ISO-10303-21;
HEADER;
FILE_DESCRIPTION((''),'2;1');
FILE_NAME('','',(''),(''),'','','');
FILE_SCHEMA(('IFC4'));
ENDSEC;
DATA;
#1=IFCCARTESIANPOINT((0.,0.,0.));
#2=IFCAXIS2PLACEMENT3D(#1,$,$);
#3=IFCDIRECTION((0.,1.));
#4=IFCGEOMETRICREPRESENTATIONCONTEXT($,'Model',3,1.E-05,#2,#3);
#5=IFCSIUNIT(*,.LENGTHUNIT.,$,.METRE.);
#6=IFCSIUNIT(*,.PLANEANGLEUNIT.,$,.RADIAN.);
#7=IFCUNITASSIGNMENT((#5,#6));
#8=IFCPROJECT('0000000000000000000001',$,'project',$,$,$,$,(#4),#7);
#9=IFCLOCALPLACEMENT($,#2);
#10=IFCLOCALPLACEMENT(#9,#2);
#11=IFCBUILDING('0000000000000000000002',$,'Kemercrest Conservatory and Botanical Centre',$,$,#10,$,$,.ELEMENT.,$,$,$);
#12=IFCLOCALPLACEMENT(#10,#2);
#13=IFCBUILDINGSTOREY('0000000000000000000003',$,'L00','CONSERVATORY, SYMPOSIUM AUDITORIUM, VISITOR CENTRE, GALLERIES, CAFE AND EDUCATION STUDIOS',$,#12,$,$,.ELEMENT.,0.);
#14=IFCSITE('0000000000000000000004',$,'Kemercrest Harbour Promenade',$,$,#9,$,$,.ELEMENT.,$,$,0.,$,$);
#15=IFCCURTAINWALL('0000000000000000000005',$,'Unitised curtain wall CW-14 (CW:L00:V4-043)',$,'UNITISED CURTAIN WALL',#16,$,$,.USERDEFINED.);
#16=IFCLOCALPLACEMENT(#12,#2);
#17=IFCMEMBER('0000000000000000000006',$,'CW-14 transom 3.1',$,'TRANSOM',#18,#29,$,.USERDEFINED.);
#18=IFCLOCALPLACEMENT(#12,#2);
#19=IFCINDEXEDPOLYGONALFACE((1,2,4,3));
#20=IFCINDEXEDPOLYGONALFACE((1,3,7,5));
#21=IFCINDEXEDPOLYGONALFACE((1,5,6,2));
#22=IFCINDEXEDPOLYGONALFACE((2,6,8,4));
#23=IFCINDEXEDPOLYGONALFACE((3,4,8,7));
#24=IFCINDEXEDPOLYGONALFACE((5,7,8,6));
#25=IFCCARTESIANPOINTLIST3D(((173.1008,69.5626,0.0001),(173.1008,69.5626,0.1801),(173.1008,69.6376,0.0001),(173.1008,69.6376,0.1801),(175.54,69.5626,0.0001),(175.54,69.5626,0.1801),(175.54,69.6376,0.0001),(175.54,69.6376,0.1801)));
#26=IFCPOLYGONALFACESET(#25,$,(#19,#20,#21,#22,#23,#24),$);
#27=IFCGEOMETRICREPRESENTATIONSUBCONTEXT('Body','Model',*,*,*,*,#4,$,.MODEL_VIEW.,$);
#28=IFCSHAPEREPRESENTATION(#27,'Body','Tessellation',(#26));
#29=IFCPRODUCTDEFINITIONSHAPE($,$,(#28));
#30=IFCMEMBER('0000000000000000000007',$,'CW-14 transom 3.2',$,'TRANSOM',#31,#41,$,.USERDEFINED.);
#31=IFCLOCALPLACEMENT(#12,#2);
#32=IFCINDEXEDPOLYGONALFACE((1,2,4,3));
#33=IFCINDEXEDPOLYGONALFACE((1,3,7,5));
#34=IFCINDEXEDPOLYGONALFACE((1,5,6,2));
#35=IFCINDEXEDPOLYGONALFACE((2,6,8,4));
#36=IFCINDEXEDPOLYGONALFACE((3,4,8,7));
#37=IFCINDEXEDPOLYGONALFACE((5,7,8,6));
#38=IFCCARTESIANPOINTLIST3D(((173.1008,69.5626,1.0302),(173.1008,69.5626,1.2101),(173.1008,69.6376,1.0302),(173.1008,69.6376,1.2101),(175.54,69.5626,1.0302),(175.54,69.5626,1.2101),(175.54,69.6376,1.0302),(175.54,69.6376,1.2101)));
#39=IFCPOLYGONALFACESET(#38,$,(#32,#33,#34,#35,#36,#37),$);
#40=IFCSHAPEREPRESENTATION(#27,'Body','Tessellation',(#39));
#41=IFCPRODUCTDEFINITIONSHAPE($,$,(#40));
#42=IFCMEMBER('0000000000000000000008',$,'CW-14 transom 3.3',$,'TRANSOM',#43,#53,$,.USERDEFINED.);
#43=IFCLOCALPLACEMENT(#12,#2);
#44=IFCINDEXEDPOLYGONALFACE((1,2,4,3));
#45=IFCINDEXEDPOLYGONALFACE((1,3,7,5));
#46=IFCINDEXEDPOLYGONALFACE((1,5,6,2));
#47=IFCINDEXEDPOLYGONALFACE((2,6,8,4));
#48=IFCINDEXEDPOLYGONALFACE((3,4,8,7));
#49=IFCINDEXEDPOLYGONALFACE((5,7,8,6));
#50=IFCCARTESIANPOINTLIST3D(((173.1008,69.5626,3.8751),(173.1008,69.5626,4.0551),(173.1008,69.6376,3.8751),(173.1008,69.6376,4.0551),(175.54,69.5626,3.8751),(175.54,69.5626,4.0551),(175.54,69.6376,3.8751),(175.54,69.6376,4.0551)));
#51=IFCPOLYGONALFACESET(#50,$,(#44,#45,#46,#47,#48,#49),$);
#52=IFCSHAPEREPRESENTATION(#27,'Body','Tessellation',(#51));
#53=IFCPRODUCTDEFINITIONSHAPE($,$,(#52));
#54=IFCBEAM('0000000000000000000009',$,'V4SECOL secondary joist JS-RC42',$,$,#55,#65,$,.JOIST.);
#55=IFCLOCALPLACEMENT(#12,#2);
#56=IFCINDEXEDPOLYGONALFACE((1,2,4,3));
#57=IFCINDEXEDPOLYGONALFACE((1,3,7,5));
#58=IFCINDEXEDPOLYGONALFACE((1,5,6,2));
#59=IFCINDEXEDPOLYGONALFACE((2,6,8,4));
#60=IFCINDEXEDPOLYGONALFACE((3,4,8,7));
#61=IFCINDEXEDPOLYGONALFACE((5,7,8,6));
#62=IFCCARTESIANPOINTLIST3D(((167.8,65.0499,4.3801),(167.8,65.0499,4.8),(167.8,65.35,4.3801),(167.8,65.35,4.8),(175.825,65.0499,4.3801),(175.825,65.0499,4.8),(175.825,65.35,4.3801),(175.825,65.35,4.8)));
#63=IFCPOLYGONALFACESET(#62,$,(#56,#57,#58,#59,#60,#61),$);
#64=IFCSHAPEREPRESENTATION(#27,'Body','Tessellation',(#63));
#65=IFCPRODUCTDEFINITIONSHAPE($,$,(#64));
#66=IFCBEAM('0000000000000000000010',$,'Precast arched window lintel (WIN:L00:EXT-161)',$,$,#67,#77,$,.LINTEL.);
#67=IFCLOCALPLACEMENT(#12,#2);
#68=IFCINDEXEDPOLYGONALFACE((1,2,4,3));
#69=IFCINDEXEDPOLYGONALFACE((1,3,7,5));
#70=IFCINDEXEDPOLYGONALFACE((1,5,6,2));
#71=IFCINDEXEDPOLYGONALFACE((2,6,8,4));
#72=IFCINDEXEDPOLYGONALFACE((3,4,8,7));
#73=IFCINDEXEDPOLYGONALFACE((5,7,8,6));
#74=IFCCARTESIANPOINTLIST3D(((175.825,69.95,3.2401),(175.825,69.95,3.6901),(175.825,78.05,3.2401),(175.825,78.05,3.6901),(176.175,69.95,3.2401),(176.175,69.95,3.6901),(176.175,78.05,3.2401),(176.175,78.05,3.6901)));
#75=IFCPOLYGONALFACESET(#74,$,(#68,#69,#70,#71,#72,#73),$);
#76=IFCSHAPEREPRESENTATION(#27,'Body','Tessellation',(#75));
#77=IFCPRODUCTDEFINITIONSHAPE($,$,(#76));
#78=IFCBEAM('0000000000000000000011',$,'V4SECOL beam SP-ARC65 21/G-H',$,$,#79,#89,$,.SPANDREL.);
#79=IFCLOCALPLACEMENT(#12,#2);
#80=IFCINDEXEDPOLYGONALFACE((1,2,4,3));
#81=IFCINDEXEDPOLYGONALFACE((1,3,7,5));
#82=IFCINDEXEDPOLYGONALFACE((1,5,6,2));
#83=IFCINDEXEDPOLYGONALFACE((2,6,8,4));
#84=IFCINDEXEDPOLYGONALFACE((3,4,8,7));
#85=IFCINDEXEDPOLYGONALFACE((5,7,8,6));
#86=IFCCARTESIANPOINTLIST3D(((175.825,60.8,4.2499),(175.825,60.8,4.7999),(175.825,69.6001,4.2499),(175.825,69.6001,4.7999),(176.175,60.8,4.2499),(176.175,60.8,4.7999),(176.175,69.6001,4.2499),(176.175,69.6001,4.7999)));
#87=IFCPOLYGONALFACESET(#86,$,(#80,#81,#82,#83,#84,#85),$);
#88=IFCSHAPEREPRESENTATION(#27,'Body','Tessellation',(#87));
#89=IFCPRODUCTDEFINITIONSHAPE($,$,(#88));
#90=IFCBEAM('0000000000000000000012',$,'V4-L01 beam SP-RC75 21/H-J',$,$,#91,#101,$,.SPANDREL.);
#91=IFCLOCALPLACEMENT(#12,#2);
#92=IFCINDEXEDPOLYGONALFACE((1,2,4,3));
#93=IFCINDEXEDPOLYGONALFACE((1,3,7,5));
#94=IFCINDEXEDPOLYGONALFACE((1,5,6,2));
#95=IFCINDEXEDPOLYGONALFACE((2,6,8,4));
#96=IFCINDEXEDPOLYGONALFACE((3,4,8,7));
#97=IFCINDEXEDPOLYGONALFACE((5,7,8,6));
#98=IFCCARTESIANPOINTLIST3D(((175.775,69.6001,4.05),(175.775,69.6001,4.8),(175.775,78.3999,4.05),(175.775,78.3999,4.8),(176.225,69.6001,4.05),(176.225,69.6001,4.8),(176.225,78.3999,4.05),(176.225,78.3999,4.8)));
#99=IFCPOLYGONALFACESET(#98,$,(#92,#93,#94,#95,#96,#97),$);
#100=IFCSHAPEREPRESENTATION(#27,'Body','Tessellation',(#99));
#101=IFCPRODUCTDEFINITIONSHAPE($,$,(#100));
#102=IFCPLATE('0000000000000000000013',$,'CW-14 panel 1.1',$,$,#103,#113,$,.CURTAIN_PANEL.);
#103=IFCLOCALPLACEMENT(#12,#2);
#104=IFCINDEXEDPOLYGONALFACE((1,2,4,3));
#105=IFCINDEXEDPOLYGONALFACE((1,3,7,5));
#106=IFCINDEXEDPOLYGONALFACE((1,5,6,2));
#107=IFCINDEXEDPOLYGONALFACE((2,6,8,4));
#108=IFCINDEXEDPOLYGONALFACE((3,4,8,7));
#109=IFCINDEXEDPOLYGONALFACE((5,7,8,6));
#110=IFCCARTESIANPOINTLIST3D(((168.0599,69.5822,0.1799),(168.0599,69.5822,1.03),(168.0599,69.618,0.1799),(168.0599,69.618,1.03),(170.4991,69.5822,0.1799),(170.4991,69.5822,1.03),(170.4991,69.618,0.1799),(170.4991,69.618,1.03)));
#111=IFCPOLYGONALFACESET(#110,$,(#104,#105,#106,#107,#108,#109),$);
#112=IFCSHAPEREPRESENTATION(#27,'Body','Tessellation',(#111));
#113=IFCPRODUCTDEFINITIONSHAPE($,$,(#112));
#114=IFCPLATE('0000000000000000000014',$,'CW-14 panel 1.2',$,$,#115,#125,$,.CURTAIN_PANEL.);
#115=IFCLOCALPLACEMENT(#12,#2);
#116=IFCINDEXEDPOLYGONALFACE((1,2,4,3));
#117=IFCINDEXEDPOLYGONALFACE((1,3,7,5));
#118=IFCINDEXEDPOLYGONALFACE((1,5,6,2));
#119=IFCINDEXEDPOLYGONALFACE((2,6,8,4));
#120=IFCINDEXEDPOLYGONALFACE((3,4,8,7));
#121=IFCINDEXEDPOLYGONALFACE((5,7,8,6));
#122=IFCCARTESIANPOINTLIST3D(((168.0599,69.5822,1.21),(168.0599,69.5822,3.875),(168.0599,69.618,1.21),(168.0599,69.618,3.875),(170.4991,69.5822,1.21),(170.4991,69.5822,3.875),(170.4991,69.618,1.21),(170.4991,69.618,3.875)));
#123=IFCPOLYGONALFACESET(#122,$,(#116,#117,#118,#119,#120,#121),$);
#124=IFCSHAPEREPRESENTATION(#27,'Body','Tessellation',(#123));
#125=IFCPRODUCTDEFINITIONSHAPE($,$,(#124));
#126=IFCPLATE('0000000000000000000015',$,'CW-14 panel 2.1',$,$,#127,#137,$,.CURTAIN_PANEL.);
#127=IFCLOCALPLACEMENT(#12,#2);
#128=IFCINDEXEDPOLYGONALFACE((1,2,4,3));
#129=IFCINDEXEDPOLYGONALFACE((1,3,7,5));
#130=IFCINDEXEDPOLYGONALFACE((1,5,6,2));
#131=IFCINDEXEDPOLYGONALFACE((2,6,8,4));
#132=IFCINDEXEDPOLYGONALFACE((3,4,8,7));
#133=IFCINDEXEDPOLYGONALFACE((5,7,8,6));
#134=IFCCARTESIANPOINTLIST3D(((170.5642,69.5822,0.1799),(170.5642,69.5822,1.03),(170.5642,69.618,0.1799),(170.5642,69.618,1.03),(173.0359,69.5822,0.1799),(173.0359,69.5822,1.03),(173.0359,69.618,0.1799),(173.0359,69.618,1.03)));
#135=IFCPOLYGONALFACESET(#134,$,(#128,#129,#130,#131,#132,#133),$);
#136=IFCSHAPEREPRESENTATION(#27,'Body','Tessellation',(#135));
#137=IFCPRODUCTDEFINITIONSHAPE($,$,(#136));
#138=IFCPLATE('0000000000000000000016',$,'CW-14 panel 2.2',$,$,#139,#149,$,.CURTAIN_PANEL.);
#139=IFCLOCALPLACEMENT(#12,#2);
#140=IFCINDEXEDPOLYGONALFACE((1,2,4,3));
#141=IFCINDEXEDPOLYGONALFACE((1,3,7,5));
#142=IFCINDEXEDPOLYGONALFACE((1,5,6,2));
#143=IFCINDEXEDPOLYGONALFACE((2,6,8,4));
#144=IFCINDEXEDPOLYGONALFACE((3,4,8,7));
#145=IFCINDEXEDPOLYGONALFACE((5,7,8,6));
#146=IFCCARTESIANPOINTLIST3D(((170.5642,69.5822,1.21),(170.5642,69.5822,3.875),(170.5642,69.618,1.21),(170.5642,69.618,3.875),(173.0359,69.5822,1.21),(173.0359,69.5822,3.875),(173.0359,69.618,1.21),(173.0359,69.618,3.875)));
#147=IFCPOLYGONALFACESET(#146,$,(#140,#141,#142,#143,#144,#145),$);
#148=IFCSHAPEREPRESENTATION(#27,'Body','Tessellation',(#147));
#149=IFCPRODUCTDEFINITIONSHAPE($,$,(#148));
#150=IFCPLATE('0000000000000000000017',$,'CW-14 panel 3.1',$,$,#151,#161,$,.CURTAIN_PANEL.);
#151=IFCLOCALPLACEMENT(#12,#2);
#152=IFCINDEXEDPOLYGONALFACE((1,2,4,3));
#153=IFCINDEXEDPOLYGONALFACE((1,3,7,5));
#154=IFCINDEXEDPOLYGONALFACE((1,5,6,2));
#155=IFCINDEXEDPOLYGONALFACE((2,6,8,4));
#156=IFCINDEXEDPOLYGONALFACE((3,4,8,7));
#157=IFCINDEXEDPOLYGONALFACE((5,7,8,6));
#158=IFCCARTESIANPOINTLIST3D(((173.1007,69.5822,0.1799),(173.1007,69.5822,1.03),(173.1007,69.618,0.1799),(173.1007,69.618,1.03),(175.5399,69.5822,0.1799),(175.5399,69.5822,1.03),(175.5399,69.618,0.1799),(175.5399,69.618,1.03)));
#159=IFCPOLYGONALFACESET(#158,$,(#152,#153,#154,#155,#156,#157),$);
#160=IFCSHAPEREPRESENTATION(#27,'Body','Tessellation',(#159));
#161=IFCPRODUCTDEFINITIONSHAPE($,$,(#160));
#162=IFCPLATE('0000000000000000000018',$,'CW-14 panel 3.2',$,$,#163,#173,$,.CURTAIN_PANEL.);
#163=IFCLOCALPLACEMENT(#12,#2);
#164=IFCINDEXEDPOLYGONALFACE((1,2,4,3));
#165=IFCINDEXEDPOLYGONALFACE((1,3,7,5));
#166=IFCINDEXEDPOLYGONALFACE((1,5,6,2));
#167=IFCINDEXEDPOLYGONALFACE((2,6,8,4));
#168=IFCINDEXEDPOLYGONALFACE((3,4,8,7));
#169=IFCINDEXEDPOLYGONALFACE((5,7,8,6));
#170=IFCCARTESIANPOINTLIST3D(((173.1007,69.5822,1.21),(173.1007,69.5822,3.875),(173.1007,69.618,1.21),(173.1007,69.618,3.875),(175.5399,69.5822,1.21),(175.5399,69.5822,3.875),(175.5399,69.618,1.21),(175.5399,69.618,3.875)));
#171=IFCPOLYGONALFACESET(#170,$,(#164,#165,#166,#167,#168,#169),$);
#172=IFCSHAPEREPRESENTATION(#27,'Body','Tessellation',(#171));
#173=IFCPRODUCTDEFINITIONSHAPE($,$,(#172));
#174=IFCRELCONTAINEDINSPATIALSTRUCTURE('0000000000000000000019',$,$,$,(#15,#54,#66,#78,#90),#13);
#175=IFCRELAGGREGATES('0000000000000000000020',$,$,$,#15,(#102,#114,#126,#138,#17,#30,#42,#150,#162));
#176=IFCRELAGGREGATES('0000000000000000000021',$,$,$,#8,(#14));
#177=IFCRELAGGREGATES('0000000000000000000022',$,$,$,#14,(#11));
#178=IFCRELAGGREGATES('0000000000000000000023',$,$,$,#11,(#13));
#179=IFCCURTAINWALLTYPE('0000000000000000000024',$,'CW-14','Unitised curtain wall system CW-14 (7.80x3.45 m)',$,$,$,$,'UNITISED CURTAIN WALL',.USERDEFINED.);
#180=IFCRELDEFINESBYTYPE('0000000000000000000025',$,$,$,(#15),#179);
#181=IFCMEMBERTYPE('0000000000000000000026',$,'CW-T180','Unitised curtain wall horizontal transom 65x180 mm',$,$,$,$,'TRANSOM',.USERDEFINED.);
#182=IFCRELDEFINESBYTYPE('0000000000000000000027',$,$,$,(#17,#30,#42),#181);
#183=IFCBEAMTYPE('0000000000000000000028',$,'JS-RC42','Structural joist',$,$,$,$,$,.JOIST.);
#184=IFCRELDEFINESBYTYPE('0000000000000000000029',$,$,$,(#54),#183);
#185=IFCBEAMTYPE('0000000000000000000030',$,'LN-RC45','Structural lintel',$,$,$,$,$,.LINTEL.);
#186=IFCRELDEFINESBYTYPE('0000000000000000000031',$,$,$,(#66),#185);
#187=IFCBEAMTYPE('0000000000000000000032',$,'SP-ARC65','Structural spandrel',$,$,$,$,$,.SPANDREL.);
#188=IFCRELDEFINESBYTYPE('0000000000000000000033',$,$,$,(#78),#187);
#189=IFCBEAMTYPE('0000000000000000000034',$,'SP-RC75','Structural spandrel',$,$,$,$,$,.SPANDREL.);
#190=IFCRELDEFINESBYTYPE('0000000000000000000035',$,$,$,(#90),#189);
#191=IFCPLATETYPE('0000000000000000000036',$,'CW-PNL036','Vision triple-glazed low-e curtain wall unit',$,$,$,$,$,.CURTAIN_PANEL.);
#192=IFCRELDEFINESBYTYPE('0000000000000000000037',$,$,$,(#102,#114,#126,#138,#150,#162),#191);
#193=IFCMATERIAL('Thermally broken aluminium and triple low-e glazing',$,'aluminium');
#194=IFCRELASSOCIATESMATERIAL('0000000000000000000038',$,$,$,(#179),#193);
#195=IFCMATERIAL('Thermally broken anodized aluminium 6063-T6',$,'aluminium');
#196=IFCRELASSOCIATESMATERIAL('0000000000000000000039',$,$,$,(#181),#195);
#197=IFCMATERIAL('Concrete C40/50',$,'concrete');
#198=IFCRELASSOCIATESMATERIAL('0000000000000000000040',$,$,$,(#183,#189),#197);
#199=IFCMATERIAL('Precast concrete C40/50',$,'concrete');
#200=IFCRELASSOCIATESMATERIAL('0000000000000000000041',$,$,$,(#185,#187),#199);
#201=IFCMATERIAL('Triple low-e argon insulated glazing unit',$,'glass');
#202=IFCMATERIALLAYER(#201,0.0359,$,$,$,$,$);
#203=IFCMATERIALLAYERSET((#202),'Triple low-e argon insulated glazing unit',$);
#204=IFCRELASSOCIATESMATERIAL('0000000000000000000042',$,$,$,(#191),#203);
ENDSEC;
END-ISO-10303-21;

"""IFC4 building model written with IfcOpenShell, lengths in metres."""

from ifc_helpers import new_model, si_unit, direction, frame, origin, origin_2d, place, context, subcontext, project, spatial, rectangle, extrude, material, layer, layer_set, material_profile, profile_set, type_object, element, aggregate, save


model = new_model("IFC4")

# Units and contexts
model_context = context("Model", 3, precision=1e-05, world=origin(), true_north=direction((0.0, 1.0)))
body_context = subcontext(model_context, "Body", "Model", "MODEL_VIEW")
ifc_project = project(units=[si_unit("LENGTHUNIT", "METRE"), si_unit("PLANEANGLEUNIT", "RADIAN")], contexts=[model_context])

# Site, building, storey
site_placement = place(None, origin())
site = spatial("IfcSite", under=ifc_project, at=site_placement, Name="Kemercrest Harbour Promenade", CompositionType="ELEMENT", RefElevation=0.0)
building_placement = place(site_placement, origin())
building = spatial("IfcBuilding", under=site, at=building_placement, Name="Kemercrest Conservatory and Botanical Centre", CompositionType="ELEMENT")
storey_placement = place(building_placement, origin())
storey = spatial("IfcBuildingStorey", under=building, at=storey_placement, Name="L00", Description="CONSERVATORY, SYMPOSIUM AUDITORIUM, VISITOR CENTRE, GALLERIES, CAFE AND EDUCATION STUDIOS", CompositionType="ELEMENT", Elevation=0.0)

# Shared definitions
ifc_material_1 = material(Name="Precast concrete C40/50", Category="concrete")

# Curtain wall, members
ifc_material_2 = material(Name="Thermally broken aluminium and triple low-e glazing", Category="aluminium")
curtain_wall_type = type_object("IfcCurtainWallType", Name="CW-14", Description="Unitised curtain wall system CW-14 (7.80x3.45 m)", ElementType="UNITISED CURTAIN WALL", PredefinedType="USERDEFINED", material=ifc_material_2)
curtain_wall_placement = place(storey_placement, origin())
curtain_wall = element("IfcCurtainWall", 1, at=curtain_wall_placement, inside=storey, type_object=curtain_wall_type, Name="Unitised curtain wall CW-14 (CW:L00:V4-043)", ObjectType="UNITISED CURTAIN WALL", PredefinedType="USERDEFINED")
ifc_material_3 = material(Name="Thermally broken anodized aluminium 6063-T6", Category="aluminium")
ifc_material_profile_1 = material_profile(ifc_material_3, rectangle(XDim=0.075, YDim=0.1799, at=origin_2d()), Name="AL TRANSOM 75x180")
ifc_profile_set_1 = profile_set([ifc_material_profile_1], Name="Thermally broken anodized aluminium 6063-T6")
member_type_1 = type_object("IfcMemberType", Name="CW-T180", Description="Unitised curtain wall horizontal transom 65x180 mm", ElementType="TRANSOM", PredefinedType="USERDEFINED", material=ifc_profile_set_1)
member_1_placement = place(storey_placement, frame((173.1008, 69.6001, 0.0901), z_axis=(1.0, 0.0, 0.0), x_axis=(0.0, 1.0, 0.0)))
member_1 = element("IfcMember", 2, at=member_1_placement, type_object=member_type_1, Name="CW-14 transom 3.1", ObjectType="TRANSOM", PredefinedType="USERDEFINED", context=body_context, shape_type="SweptSolid", body=[
    extrude(rectangle(XDim=0.075, YDim=0.1799, at=origin_2d()), origin(), (0.0, 0.0, 1.0), 2.4392),
])
member_2_placement = place(storey_placement, frame((173.1008, 69.6001, 1.1201), z_axis=(1.0, 0.0, 0.0), x_axis=(0.0, 1.0, 0.0)))
member_2 = element("IfcMember", 3, at=member_2_placement, type_object=member_type_1, Name="CW-14 transom 3.2", ObjectType="TRANSOM", PredefinedType="USERDEFINED", context=body_context, shape_type="SweptSolid", body=[
    extrude(rectangle(XDim=0.075, YDim=0.1799, at=origin_2d()), origin(), (0.0, 0.0, 1.0), 2.4392),
])
member_3_placement = place(storey_placement, frame((173.1008, 69.6001, 3.9651), z_axis=(1.0, 0.0, 0.0), x_axis=(0.0, 1.0, 0.0)))
member_3 = element("IfcMember", 4, at=member_3_placement, type_object=member_type_1, Name="CW-14 transom 3.3", ObjectType="TRANSOM", PredefinedType="USERDEFINED", context=body_context, shape_type="SweptSolid", body=[
    extrude(rectangle(XDim=0.075, YDim=0.1799, at=origin_2d()), origin(), (0.0, 0.0, 1.0), 2.4392),
])

# Beams
ifc_material_4 = material(Name="Concrete C40/50", Category="concrete")
ifc_material_profile_2 = material_profile(ifc_material_4, rectangle(XDim=0.3, YDim=0.4199, at=origin_2d()), Name="RC 300x420")
ifc_profile_set_2 = profile_set([ifc_material_profile_2], Name="Concrete C40/50")
beam_type_1 = type_object("IfcBeamType", Name="JS-RC42", Description="Structural joist", PredefinedType="JOIST", material=ifc_profile_set_2)
beam_1_placement = place(storey_placement, frame((167.8, 65.2, 4.5901), z_axis=(1.0, 0.0, 0.0), x_axis=(0.0, 1.0, 0.0)))
element("IfcBeam", 5, at=beam_1_placement, inside=storey, type_object=beam_type_1, Name="V4SECOL secondary joist JS-RC42", PredefinedType="JOIST", context=body_context, shape_type="SweptSolid", body=[
    extrude(rectangle(XDim=0.3, YDim=0.4199, at=origin_2d()), origin(), (0.0, 0.0, 1.0), 8.0249),
])
ifc_material_profile_3 = material_profile(ifc_material_1, rectangle(XDim=0.3501, YDim=0.45, at=origin_2d()), Name="RC 350x450")
ifc_profile_set_3 = profile_set([ifc_material_profile_3], Name="Precast concrete C40/50")
beam_type_2 = type_object("IfcBeamType", Name="LN-RC45", Description="Structural lintel", PredefinedType="LINTEL", material=ifc_profile_set_3)
beam_2_placement = place(storey_placement, frame((176.0, 69.95, 3.4651), z_axis=(0.0, 1.0, 0.0), x_axis=(-1.0, 0.0, 0.0)))
element("IfcBeam", 6, at=beam_2_placement, inside=storey, type_object=beam_type_2, Name="Precast arched window lintel (WIN:L00:EXT-161)", PredefinedType="LINTEL", context=body_context, shape_type="SweptSolid", body=[
    extrude(rectangle(XDim=0.3501, YDim=0.45, at=origin_2d()), origin(), (0.0, 0.0, 1.0), 8.1001),
])
ifc_material_profile_4 = material_profile(ifc_material_1, rectangle(XDim=0.3501, YDim=0.55, at=origin_2d()), Name="RC 350x550")
ifc_profile_set_4 = profile_set([ifc_material_profile_4], Name="Precast concrete C40/50")
beam_type_3 = type_object("IfcBeamType", Name="SP-ARC65", Description="Structural spandrel", PredefinedType="SPANDREL", material=ifc_profile_set_4)
beam_3_placement = place(storey_placement, frame((176.0, 60.8, 4.5249), z_axis=(0.0, 1.0, 0.0), x_axis=(-1.0, 0.0, 0.0)))
element("IfcBeam", 7, at=beam_3_placement, inside=storey, type_object=beam_type_3, Name="V4SECOL beam SP-ARC65 21/G-H", PredefinedType="SPANDREL", context=body_context, shape_type="SweptSolid", body=[
    extrude(rectangle(XDim=0.3501, YDim=0.55, at=origin_2d()), origin(), (0.0, 0.0, 1.0), 8.8),
])
ifc_material_profile_5 = material_profile(ifc_material_4, rectangle(XDim=0.45, YDim=0.75, at=origin_2d()), Name="RC 450x750")
ifc_profile_set_5 = profile_set([ifc_material_profile_5], Name="Concrete C40/50")
beam_type_4 = type_object("IfcBeamType", Name="SP-RC75", Description="Structural spandrel", PredefinedType="SPANDREL", material=ifc_profile_set_5)
beam_4_placement = place(storey_placement, frame((176.0, 69.6001, 4.425), z_axis=(0.0, 1.0, 0.0), x_axis=(-1.0, 0.0, 0.0)))
element("IfcBeam", 8, at=beam_4_placement, inside=storey, type_object=beam_type_4, Name="V4-L01 beam SP-RC75 21/H-J", PredefinedType="SPANDREL", context=body_context, shape_type="SweptSolid", body=[
    extrude(rectangle(XDim=0.45, YDim=0.75, at=origin_2d()), origin(), (0.0, 0.0, 1.0), 8.7998),
])

# Plates
ifc_material_5 = material(Name="Triple low-e argon insulated glazing unit", Category="glass")
ifc_layer = layer(ifc_material_5, 0.0359)
ifc_layer_set = layer_set([ifc_layer], Name="Triple low-e argon insulated glazing unit")
plate_type = type_object("IfcPlateType", Name="CW-PNL036", Description="Vision triple-glazed low-e curtain wall unit", PredefinedType="CURTAIN_PANEL", material=ifc_layer_set)
plate_1_placement = place(storey_placement, frame((169.2795, 69.6001, 0.1799), z_axis=(0.0, 0.0, 1.0), x_axis=(1.0, 0.0, 0.0)))
plate_1 = element("IfcPlate", 9, at=plate_1_placement, type_object=plate_type, Name="CW-14 panel 1.1", PredefinedType="CURTAIN_PANEL", context=body_context, shape_type="SweptSolid", body=[
    extrude(rectangle(XDim=2.4392, YDim=0.0359, at=origin_2d()), origin(), (0.0, 0.0, 1.0), 0.8501),
])
plate_2_placement = place(storey_placement, frame((169.2795, 69.6001, 1.21), z_axis=(0.0, 0.0, 1.0), x_axis=(1.0, 0.0, 0.0)))
plate_2 = element("IfcPlate", 10, at=plate_2_placement, type_object=plate_type, Name="CW-14 panel 1.2", PredefinedType="CURTAIN_PANEL", context=body_context, shape_type="SweptSolid", body=[
    extrude(rectangle(XDim=2.4392, YDim=0.0359, at=origin_2d()), origin(), (0.0, 0.0, 1.0), 2.665),
])
plate_3_placement = place(storey_placement, frame((171.8, 69.6001, 0.1799), z_axis=(0.0, 0.0, 1.0), x_axis=(1.0, 0.0, 0.0)))
plate_3 = element("IfcPlate", 11, at=plate_3_placement, type_object=plate_type, Name="CW-14 panel 2.1", PredefinedType="CURTAIN_PANEL", context=body_context, shape_type="SweptSolid", body=[
    extrude(rectangle(XDim=2.4717, YDim=0.0359, at=origin_2d()), origin(), (0.0, 0.0, 1.0), 0.8501),
])
plate_4_placement = place(storey_placement, frame((171.8, 69.6001, 1.21), z_axis=(0.0, 0.0, 1.0), x_axis=(1.0, 0.0, 0.0)))
plate_4 = element("IfcPlate", 12, at=plate_4_placement, type_object=plate_type, Name="CW-14 panel 2.2", PredefinedType="CURTAIN_PANEL", context=body_context, shape_type="SweptSolid", body=[
    extrude(rectangle(XDim=2.4717, YDim=0.0359, at=origin_2d()), origin(), (0.0, 0.0, 1.0), 2.665),
])
plate_5_placement = place(storey_placement, frame((174.3203, 69.6001, 0.1799), z_axis=(0.0, 0.0, 1.0), x_axis=(1.0, 0.0, 0.0)))
plate_5 = element("IfcPlate", 13, at=plate_5_placement, type_object=plate_type, Name="CW-14 panel 3.1", PredefinedType="CURTAIN_PANEL", context=body_context, shape_type="SweptSolid", body=[
    extrude(rectangle(XDim=2.4392, YDim=0.0359, at=origin_2d()), origin(), (0.0, 0.0, 1.0), 0.8501),
])
plate_6_placement = place(storey_placement, frame((174.3203, 69.6001, 1.21), z_axis=(0.0, 0.0, 1.0), x_axis=(1.0, 0.0, 0.0)))
plate_6 = element("IfcPlate", 14, at=plate_6_placement, type_object=plate_type, Name="CW-14 panel 3.2", PredefinedType="CURTAIN_PANEL", context=body_context, shape_type="SweptSolid", body=[
    extrude(rectangle(XDim=2.4392, YDim=0.0359, at=origin_2d()), origin(), (0.0, 0.0, 1.0), 2.665),
])
aggregate(curtain_wall, [plate_1, plate_2, plate_3, plate_4, member_1, member_2, member_3, plate_5, plate_6])

save(model, "model.ifc")
